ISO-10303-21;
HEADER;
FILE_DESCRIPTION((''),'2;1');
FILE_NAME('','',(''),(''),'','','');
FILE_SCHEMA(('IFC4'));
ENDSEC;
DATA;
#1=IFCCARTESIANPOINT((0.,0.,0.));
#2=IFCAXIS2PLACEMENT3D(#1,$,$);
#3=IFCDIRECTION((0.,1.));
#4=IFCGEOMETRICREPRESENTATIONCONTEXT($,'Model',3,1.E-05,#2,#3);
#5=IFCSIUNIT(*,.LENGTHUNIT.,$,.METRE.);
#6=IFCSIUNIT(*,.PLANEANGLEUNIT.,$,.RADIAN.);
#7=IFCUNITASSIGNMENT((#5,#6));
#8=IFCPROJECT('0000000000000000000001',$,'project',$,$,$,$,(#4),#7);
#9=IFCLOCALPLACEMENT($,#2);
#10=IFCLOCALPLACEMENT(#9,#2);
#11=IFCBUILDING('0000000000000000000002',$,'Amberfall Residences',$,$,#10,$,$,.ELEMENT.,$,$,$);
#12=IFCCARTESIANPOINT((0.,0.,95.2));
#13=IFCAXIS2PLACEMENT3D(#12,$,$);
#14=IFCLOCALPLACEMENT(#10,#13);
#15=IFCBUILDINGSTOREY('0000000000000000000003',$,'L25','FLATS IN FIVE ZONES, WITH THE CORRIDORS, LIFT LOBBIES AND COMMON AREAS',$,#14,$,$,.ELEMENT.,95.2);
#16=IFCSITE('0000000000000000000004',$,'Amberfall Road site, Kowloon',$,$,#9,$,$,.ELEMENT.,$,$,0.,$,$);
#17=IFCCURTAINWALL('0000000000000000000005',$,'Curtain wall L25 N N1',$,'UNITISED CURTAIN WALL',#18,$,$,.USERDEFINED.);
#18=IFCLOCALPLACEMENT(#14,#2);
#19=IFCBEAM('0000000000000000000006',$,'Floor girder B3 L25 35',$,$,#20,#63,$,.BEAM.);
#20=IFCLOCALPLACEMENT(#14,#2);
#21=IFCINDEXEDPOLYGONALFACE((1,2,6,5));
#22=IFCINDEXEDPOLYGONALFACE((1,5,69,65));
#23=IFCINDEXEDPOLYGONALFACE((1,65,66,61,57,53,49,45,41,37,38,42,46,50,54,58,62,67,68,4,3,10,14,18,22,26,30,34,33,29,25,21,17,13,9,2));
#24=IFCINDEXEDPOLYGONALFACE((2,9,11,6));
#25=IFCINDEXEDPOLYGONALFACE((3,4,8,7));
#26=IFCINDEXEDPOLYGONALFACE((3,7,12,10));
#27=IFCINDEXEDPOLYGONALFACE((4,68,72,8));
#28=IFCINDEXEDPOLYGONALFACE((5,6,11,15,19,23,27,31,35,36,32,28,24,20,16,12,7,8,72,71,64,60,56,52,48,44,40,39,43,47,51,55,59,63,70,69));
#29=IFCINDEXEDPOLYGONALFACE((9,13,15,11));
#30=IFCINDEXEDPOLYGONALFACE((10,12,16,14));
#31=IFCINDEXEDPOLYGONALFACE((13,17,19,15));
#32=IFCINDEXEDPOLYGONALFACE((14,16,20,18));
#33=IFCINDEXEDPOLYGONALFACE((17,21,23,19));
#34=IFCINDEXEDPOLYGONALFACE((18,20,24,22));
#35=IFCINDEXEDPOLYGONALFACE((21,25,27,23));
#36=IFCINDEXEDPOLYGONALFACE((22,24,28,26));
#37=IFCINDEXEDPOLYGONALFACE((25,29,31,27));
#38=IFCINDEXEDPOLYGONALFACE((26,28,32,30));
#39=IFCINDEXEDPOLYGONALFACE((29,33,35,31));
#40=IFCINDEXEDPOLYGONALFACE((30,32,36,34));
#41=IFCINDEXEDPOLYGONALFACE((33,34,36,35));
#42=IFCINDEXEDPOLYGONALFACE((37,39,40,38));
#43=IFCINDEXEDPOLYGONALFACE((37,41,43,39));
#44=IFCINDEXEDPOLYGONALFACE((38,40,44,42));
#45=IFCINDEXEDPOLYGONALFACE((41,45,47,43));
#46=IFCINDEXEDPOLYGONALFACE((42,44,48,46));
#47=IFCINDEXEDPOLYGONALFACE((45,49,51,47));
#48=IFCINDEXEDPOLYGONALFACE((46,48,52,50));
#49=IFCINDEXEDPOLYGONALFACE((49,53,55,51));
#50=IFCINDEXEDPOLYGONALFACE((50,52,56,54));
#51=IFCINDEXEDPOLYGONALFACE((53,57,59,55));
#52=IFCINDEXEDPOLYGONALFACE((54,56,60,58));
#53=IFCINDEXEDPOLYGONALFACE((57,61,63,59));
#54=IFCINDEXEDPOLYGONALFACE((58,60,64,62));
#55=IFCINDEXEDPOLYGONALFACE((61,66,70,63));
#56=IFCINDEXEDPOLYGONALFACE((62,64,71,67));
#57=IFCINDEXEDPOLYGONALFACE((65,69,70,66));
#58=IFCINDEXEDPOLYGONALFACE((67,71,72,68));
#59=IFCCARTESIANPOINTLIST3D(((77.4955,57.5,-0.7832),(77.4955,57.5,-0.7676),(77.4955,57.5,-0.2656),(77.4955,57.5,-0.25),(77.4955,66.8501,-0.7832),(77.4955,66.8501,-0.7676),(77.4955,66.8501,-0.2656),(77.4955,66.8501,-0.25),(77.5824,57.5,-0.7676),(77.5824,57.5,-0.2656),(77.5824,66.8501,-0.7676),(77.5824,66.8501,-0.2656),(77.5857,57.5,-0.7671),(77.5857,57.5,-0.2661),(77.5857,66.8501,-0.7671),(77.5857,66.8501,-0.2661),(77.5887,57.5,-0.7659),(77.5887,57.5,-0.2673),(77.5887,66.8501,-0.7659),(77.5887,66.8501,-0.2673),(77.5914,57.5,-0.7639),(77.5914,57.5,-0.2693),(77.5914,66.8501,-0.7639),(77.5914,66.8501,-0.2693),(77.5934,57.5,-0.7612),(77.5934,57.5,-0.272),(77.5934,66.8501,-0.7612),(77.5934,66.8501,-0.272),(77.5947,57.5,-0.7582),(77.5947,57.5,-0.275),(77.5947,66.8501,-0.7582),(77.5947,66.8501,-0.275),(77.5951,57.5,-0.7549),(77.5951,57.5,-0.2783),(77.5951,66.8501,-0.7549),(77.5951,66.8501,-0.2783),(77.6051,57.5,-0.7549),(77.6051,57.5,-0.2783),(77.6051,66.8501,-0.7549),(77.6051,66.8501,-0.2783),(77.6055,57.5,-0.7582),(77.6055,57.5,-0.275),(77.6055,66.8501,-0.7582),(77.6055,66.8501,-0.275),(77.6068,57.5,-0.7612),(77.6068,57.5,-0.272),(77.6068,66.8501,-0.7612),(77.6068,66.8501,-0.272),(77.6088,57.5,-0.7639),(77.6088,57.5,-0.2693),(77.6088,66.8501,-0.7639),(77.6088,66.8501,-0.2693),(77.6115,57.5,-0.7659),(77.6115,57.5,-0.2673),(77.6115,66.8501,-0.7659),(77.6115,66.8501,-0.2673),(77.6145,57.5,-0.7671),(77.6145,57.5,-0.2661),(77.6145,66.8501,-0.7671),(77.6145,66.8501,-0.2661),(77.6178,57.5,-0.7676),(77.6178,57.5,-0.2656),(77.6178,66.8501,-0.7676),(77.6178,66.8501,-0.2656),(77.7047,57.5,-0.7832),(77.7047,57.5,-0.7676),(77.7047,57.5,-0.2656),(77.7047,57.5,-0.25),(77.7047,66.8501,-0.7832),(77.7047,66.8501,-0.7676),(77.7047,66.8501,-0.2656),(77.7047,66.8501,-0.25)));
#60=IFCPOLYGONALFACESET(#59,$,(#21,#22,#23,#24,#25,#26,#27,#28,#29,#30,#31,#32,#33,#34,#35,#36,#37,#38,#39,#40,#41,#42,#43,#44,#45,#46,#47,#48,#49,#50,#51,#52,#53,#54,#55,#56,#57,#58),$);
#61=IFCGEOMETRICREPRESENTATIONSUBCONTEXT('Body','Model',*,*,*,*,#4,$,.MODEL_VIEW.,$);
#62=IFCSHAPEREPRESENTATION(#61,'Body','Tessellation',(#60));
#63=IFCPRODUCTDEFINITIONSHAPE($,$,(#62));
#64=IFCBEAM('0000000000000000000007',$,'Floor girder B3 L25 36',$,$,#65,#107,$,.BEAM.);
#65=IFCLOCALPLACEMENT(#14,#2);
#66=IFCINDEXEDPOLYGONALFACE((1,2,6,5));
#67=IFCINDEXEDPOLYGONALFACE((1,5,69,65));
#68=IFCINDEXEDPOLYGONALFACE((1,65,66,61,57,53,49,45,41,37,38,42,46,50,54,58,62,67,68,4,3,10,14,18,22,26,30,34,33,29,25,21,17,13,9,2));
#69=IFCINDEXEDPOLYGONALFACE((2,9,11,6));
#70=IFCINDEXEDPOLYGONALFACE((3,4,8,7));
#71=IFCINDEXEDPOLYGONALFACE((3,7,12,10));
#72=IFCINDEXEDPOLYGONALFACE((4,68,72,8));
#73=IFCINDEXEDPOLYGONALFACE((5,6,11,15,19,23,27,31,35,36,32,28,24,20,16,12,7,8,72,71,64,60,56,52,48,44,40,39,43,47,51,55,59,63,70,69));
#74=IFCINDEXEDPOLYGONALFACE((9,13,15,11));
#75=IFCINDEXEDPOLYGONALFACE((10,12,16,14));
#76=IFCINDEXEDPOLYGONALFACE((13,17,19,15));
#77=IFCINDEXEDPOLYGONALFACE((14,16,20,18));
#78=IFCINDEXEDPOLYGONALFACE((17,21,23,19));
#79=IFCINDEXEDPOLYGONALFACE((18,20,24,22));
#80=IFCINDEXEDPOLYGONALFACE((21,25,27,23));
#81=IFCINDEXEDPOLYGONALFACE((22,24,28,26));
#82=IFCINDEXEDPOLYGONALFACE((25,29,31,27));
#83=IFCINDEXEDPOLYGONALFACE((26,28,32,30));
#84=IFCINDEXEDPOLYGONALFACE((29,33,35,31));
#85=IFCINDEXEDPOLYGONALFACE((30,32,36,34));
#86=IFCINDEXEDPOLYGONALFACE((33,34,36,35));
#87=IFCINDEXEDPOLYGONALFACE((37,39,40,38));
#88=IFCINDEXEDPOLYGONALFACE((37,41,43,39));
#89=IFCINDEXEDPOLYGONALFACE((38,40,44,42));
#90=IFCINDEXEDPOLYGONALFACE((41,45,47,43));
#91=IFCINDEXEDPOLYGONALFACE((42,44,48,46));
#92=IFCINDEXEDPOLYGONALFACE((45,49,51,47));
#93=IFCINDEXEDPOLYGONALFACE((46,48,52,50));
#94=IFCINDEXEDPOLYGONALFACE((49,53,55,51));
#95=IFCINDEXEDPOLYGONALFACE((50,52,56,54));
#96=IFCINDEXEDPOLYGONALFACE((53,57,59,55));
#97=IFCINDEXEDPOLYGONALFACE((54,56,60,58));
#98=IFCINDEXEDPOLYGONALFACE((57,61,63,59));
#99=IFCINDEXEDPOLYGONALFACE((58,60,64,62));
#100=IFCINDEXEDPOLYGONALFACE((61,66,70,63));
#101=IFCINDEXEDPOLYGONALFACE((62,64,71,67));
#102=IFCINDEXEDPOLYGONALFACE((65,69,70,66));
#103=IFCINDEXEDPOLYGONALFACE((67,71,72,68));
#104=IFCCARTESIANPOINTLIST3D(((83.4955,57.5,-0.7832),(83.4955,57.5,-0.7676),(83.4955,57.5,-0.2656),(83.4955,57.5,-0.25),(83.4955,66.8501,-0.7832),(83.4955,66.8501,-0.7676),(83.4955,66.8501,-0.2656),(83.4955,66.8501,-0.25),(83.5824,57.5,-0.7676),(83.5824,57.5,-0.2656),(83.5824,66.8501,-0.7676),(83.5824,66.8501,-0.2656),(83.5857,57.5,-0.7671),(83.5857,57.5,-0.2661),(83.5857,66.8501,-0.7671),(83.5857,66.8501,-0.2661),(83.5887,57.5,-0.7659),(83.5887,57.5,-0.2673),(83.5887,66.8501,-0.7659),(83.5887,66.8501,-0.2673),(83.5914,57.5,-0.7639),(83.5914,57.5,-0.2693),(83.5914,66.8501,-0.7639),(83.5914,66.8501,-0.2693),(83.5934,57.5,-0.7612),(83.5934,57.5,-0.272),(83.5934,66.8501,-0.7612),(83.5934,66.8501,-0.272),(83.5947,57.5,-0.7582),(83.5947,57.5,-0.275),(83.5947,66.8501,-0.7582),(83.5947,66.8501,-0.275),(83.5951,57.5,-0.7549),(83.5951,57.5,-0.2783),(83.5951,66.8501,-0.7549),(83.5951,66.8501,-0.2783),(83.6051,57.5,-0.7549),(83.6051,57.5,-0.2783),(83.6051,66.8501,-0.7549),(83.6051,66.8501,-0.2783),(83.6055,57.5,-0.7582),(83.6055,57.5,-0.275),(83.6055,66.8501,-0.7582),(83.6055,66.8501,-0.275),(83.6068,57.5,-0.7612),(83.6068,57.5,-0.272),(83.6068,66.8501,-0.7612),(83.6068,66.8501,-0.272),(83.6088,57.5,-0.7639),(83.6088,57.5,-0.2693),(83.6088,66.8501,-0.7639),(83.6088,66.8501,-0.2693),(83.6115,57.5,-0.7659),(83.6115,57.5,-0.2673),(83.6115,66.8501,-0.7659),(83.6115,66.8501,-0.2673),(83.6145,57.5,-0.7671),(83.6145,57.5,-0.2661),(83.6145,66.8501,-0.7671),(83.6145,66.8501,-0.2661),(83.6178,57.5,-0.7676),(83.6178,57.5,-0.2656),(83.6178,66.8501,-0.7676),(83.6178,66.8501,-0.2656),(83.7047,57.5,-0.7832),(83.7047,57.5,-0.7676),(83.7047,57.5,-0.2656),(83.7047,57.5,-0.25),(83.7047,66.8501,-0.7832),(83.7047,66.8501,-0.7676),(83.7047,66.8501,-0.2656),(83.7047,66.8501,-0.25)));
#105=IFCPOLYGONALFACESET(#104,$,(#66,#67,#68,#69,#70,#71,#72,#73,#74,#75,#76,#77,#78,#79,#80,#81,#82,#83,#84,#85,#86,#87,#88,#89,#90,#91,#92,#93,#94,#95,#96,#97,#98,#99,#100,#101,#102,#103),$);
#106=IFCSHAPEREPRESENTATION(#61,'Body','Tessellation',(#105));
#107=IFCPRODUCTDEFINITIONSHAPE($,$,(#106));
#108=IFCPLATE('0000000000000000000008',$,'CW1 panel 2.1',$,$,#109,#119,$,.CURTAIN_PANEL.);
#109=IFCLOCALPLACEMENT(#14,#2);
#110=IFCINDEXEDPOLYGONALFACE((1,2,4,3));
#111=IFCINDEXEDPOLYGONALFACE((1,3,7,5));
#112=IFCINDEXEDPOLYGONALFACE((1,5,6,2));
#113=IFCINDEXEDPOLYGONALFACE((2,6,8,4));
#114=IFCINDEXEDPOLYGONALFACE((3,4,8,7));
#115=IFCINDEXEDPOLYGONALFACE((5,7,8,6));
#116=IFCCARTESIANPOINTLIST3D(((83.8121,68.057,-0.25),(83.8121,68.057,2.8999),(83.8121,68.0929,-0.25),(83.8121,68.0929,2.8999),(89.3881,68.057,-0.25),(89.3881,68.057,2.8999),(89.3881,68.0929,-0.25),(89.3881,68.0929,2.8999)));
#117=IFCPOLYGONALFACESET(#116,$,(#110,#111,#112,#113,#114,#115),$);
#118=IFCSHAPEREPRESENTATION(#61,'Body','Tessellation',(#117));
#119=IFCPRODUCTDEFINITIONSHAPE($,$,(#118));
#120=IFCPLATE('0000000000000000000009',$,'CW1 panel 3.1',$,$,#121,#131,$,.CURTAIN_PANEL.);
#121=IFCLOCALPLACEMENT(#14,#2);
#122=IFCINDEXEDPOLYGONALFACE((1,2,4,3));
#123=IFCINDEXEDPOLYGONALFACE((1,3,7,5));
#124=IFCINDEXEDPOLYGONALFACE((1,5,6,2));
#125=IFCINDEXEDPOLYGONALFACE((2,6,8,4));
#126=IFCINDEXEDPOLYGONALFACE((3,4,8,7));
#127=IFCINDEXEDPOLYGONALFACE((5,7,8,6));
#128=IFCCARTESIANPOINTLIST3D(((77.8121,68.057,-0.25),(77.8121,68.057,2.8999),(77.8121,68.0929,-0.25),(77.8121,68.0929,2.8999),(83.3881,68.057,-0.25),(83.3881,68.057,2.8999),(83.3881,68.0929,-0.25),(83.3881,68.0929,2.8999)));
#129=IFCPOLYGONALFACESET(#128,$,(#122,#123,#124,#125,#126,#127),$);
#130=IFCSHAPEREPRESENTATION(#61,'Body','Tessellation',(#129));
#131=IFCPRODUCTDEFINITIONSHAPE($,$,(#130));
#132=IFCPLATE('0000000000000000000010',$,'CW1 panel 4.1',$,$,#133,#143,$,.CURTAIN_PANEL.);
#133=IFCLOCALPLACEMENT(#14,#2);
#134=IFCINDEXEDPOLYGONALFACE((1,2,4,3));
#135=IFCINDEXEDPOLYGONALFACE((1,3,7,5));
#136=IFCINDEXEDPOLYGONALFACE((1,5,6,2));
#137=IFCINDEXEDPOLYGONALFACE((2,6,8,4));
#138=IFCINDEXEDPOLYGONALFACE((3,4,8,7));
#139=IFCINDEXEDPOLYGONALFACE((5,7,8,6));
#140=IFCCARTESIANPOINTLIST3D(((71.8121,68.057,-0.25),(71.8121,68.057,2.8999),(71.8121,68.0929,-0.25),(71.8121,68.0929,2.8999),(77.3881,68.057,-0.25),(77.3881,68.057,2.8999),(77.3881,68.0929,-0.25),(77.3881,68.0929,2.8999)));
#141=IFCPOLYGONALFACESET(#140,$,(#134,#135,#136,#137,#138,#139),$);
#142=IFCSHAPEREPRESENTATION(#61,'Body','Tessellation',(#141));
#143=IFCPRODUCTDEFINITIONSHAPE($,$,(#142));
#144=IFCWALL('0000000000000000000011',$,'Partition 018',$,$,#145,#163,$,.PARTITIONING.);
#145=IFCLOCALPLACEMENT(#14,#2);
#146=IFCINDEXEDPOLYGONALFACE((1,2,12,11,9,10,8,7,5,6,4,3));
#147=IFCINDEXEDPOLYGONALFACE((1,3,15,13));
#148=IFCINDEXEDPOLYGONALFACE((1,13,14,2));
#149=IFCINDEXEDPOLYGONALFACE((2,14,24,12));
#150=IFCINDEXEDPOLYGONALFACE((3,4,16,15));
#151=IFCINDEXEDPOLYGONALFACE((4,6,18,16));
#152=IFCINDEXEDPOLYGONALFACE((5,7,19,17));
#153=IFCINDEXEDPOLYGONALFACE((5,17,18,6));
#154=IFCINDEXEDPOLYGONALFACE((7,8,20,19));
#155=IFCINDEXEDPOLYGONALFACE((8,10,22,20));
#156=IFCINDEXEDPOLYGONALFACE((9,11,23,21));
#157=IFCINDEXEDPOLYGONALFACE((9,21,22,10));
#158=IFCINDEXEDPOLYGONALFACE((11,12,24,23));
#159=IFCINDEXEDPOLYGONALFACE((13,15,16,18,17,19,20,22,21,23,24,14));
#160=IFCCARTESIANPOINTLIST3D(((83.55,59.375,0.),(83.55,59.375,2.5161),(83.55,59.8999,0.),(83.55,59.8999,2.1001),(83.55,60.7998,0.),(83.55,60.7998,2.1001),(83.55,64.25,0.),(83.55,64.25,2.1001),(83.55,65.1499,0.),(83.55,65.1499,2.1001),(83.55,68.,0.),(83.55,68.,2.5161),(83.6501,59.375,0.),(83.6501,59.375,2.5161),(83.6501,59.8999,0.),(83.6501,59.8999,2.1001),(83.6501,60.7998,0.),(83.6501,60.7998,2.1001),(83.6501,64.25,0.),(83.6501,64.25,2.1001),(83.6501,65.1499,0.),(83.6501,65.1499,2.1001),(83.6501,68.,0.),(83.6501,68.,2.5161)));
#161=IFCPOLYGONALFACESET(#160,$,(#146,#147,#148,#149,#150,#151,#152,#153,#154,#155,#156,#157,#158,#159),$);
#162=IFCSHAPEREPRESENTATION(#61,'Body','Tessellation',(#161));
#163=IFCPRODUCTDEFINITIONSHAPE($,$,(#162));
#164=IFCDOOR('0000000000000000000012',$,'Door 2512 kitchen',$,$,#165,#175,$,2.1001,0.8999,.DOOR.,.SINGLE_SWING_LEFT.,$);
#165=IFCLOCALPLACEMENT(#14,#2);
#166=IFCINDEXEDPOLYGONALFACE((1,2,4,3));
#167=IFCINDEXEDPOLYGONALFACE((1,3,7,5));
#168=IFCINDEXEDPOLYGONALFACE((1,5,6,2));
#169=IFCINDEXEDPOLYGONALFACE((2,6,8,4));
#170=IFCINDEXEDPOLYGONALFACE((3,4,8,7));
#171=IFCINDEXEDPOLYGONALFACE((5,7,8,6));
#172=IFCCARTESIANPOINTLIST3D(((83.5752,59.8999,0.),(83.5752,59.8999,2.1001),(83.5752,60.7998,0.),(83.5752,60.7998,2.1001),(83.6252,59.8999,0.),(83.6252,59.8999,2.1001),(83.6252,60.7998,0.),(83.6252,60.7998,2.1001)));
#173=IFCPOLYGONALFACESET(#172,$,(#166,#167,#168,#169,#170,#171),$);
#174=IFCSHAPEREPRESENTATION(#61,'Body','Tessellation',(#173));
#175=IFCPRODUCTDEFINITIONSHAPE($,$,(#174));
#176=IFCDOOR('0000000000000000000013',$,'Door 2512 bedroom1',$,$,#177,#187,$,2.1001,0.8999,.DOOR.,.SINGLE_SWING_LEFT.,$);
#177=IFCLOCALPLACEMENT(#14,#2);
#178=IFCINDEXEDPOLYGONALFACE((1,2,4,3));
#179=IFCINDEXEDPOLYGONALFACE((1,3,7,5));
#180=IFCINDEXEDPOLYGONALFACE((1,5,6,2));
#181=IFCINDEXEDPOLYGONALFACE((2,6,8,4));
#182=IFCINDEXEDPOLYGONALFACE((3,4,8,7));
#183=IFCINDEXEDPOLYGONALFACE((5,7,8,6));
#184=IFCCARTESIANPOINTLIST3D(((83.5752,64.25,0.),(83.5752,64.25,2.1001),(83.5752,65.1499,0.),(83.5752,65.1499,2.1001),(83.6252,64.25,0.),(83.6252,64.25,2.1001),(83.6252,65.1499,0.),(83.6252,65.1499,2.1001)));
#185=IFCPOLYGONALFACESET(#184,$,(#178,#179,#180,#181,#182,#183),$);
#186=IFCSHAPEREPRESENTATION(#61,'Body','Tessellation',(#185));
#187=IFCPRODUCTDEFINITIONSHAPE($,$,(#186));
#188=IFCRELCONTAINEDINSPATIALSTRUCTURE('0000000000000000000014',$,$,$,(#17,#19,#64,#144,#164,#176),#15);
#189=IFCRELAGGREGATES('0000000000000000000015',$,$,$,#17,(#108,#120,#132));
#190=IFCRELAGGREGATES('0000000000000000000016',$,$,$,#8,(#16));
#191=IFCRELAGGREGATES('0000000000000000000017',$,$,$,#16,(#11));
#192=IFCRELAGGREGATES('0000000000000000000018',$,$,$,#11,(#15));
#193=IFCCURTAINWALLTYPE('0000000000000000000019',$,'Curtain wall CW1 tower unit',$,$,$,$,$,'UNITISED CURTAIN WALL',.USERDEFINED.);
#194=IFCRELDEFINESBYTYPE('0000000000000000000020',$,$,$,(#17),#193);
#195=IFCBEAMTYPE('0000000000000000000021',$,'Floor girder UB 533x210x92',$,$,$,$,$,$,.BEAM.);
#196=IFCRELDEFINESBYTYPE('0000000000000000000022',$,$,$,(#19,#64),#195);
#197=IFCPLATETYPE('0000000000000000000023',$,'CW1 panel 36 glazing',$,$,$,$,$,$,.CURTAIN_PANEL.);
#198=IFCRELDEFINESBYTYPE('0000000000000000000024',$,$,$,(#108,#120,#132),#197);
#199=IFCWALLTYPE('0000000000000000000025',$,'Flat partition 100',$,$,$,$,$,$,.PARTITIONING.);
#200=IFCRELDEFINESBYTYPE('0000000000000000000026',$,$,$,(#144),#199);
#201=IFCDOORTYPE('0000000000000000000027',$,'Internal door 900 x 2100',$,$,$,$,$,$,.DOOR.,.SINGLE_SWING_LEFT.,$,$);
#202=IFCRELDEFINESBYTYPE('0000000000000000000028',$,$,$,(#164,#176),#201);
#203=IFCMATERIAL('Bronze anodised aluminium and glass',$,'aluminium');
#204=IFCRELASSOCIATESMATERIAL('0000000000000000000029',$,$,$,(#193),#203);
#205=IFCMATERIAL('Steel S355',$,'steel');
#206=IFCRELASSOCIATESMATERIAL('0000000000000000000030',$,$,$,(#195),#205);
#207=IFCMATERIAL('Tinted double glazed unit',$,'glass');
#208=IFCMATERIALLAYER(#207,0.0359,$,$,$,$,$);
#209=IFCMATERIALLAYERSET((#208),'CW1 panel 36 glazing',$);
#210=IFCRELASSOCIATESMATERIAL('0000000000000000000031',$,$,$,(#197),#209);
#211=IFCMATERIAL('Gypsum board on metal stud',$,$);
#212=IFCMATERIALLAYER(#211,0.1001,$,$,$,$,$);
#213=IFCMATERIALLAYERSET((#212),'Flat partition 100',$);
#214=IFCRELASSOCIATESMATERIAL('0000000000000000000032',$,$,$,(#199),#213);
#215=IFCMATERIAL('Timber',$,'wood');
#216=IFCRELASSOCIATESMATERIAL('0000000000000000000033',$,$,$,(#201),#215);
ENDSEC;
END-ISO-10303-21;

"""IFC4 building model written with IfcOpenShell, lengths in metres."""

from ifc_helpers import new_model, si_unit, direction, frame, frame_2d, origin, origin_2d, place, context, subcontext, project, spatial, rectangle, i_section, extrude, material, layer, layer_set, material_profile, profile_set, type_object, element, fill, aggregate, save


model = new_model("IFC4")

# Units and contexts
model_context = context("Model", 3, precision=1e-05, world=origin(), true_north=direction((0.0, 1.0)))
body_context = subcontext(model_context, "Body", "Model", "MODEL_VIEW")
ifc_project = project(units=[si_unit("LENGTHUNIT", "METRE"), si_unit("PLANEANGLEUNIT", "RADIAN")], contexts=[model_context])

# Site, building, storey
site_placement = place(None, origin())
site = spatial("IfcSite", under=ifc_project, at=site_placement, Name="Amberfall Road site, Kowloon", CompositionType="ELEMENT", RefElevation=0.0)
building_placement = place(site_placement, origin())
building = spatial("IfcBuilding", under=site, at=building_placement, Name="Amberfall Residences", CompositionType="ELEMENT")
storey_placement = place(building_placement, frame((0.0, 0.0, 95.2)))
storey = spatial("IfcBuildingStorey", under=building, at=storey_placement, Name="L25", Description="FLATS IN FIVE ZONES, WITH THE CORRIDORS, LIFT LOBBIES AND COMMON AREAS", CompositionType="ELEMENT", Elevation=95.2)

# Curtain wall
ifc_material_1 = material(Name="Bronze anodised aluminium and glass", Category="aluminium")
curtain_wall_type = type_object("IfcCurtainWallType", Name="Curtain wall CW1 tower unit", ElementType="UNITISED CURTAIN WALL", PredefinedType="USERDEFINED", material=ifc_material_1)
curtain_wall_placement = place(storey_placement, origin())
curtain_wall = element("IfcCurtainWall", 1, at=curtain_wall_placement, inside=storey, type_object=curtain_wall_type, Name="Curtain wall L25 N N1", ObjectType="UNITISED CURTAIN WALL", PredefinedType="USERDEFINED")

# Shared definitions
ifc_material_2 = material(Name="Steel S355", Category="steel")

# Beams
ifc_material_profile_1 = material_profile(ifc_material_2, i_section(OverallWidth=0.2092, OverallDepth=0.5332, WebThickness=0.01, FlangeThickness=0.0156, FilletRadius=0.0127, at=origin_2d()), Name="UB 533x210x92")
ifc_profile_set_1 = profile_set([ifc_material_profile_1], Name="Steel S355")
beam_type_1 = type_object("IfcBeamType", Name="Floor girder UB 533x210x92", PredefinedType="BEAM", material=ifc_profile_set_1)
for number, where, z_axis, x_axis, name in (
    (2, (77.6001, 66.8501, -0.5166), (0.0, -1.0, 0.0), (1.0, 0.0, 0.0), "Floor girder B3 L25 35"),
    (3, (83.6001, 66.8501, -0.5166), (0.0, -1.0, 0.0), (1.0, 0.0, 0.0), "Floor girder B3 L25 36"),
):
    element("IfcBeam", number, at=place(storey_placement, frame(where, z_axis=z_axis, x_axis=x_axis)), inside=storey, type_object=beam_type_1, Name=name, PredefinedType="BEAM", context=body_context, shape_type="SweptSolid", body=[
        extrude(i_section(OverallWidth=0.2092, OverallDepth=0.5332, WebThickness=0.01, FlangeThickness=0.0156, FilletRadius=0.0127, at=origin_2d()), origin(), (0.0, 0.0, 1.0), 9.3501),
    ])

# Plates
ifc_material_3 = material(Name="Tinted double glazed unit", Category="glass")
ifc_layer_1 = layer(ifc_material_3, 0.0359)
ifc_layer_set_1 = layer_set([ifc_layer_1], Name="CW1 panel 36 glazing")
plate_type = type_object("IfcPlateType", Name="CW1 panel 36 glazing", PredefinedType="CURTAIN_PANEL", material=ifc_layer_set_1)
plate_1_placement = place(storey_placement, frame((86.6001, 68.075, -0.25), z_axis=(0.0, 0.0, 1.0), x_axis=(-1.0, 0.0, 0.0)))
plate_1 = element("IfcPlate", 4, at=plate_1_placement, type_object=plate_type, Name="CW1 panel 2.1", PredefinedType="CURTAIN_PANEL", context=body_context, shape_type="SweptSolid", body=[
    extrude(rectangle(XDim=5.5759, YDim=0.0359, at=origin_2d()), origin(), (0.0, 0.0, 1.0), 3.1499),
])
plate_2_placement = place(storey_placement, frame((80.6001, 68.075, -0.25), z_axis=(0.0, 0.0, 1.0), x_axis=(-1.0, 0.0, 0.0)))
plate_2 = element("IfcPlate", 5, at=plate_2_placement, type_object=plate_type, Name="CW1 panel 3.1", PredefinedType="CURTAIN_PANEL", context=body_context, shape_type="SweptSolid", body=[
    extrude(rectangle(XDim=5.5759, YDim=0.0359, at=origin_2d()), origin(), (0.0, 0.0, 1.0), 3.1499),
])
plate_3_placement = place(storey_placement, frame((74.6001, 68.075, -0.25), z_axis=(0.0, 0.0, 1.0), x_axis=(-1.0, 0.0, 0.0)))
plate_3 = element("IfcPlate", 6, at=plate_3_placement, type_object=plate_type, Name="CW1 panel 4.1", PredefinedType="CURTAIN_PANEL", context=body_context, shape_type="SweptSolid", body=[
    extrude(rectangle(XDim=5.5759, YDim=0.0359, at=origin_2d()), origin(), (0.0, 0.0, 1.0), 3.1499),
])
aggregate(curtain_wall, [plate_1, plate_2, plate_3])

# Wall, openings, doors
ifc_material_4 = material(Name="Gypsum board on metal stud")
ifc_layer_2 = layer(ifc_material_4, 0.1001)
ifc_layer_set_2 = layer_set([ifc_layer_2], Name="Flat partition 100")
wall_type_1 = type_object("IfcWallType", Name="Flat partition 100", PredefinedType="PARTITIONING", material=ifc_layer_set_2)
wall_1_placement = place(storey_placement, frame((83.6001, 59.375, 0.0), z_axis=(0.0, 0.0, 1.0), x_axis=(0.0, 1.0, 0.0)))
wall_1 = element("IfcWall", 7, at=wall_1_placement, inside=storey, type_object=wall_type_1, Name="Partition 018", PredefinedType="PARTITIONING", context=body_context, shape_type="SweptSolid", body=[
    extrude(rectangle(XDim=8.625, YDim=0.1001, at=frame_2d((4.3125, 0.0))), origin(), (0.0, 0.0, 1.0), 2.5161),
])
opening_1_placement = place(wall_1_placement, frame((0.5249, 0.0, 0.0)))
opening_1 = element("IfcOpeningElement", 8, at=opening_1_placement, cuts=wall_1, PredefinedType="OPENING", context=body_context, shape_type="SweptSolid", body=[
    extrude(rectangle(XDim=0.8999, YDim=2.1001, at=frame_2d((0.45, 1.05))), frame((0.0, 0.0601, 0.0), z_axis=(0.0, -1.0, 0.0), x_axis=(1.0, 0.0, 0.0)), (0.0, 0.0, 1.0), 0.1201),
])
opening_2_placement = place(wall_1_placement, frame((4.875, 0.0, 0.0)))
opening_2 = element("IfcOpeningElement", 9, at=opening_2_placement, cuts=wall_1, PredefinedType="OPENING", context=body_context, shape_type="SweptSolid", body=[
    extrude(rectangle(XDim=0.8999, YDim=2.1001, at=frame_2d((0.45, 1.05))), frame((0.0, 0.0601, 0.0), z_axis=(0.0, -1.0, 0.0), x_axis=(1.0, 0.0, 0.0)), (0.0, 0.0, 1.0), 0.1201),
])
ifc_material_5 = material(Name="Timber", Category="wood")
door_type_1 = type_object("IfcDoorType", Name="Internal door 900 x 2100", OperationType="SINGLE_SWING_LEFT", PredefinedType="DOOR", material=ifc_material_5)
door_1_placement = place(opening_1_placement, origin())
door_1 = element("IfcDoor", 10, at=door_1_placement, inside=storey, type_object=door_type_1, Name="Door 2512 kitchen", OperationType="SINGLE_SWING_LEFT", OverallHeight=2.1001, OverallWidth=0.8999, PredefinedType="DOOR", context=body_context, shape_type="SweptSolid", body=[
    extrude(rectangle(XDim=0.8999, YDim=2.1001, at=frame_2d((0.45, 1.05))), frame((0.0, 0.0249, 0.0), z_axis=(0.0, -1.0, 0.0), x_axis=(1.0, 0.0, 0.0)), (0.0, 0.0, 1.0), 0.05),
])
fill(opening_1, door_1)
door_2_placement = place(opening_2_placement, origin())
door_2 = element("IfcDoor", 11, at=door_2_placement, inside=storey, type_object=door_type_1, Name="Door 2512 bedroom1", OperationType="SINGLE_SWING_LEFT", OverallHeight=2.1001, OverallWidth=0.8999, PredefinedType="DOOR", context=body_context, shape_type="SweptSolid", body=[
    extrude(rectangle(XDim=0.8999, YDim=2.1001, at=frame_2d((0.45, 1.05))), frame((0.0, 0.0249, 0.0), z_axis=(0.0, -1.0, 0.0), x_axis=(1.0, 0.0, 0.0)), (0.0, 0.0, 1.0), 0.05),
])
fill(opening_2, door_2)

save(model, "model.ifc")
